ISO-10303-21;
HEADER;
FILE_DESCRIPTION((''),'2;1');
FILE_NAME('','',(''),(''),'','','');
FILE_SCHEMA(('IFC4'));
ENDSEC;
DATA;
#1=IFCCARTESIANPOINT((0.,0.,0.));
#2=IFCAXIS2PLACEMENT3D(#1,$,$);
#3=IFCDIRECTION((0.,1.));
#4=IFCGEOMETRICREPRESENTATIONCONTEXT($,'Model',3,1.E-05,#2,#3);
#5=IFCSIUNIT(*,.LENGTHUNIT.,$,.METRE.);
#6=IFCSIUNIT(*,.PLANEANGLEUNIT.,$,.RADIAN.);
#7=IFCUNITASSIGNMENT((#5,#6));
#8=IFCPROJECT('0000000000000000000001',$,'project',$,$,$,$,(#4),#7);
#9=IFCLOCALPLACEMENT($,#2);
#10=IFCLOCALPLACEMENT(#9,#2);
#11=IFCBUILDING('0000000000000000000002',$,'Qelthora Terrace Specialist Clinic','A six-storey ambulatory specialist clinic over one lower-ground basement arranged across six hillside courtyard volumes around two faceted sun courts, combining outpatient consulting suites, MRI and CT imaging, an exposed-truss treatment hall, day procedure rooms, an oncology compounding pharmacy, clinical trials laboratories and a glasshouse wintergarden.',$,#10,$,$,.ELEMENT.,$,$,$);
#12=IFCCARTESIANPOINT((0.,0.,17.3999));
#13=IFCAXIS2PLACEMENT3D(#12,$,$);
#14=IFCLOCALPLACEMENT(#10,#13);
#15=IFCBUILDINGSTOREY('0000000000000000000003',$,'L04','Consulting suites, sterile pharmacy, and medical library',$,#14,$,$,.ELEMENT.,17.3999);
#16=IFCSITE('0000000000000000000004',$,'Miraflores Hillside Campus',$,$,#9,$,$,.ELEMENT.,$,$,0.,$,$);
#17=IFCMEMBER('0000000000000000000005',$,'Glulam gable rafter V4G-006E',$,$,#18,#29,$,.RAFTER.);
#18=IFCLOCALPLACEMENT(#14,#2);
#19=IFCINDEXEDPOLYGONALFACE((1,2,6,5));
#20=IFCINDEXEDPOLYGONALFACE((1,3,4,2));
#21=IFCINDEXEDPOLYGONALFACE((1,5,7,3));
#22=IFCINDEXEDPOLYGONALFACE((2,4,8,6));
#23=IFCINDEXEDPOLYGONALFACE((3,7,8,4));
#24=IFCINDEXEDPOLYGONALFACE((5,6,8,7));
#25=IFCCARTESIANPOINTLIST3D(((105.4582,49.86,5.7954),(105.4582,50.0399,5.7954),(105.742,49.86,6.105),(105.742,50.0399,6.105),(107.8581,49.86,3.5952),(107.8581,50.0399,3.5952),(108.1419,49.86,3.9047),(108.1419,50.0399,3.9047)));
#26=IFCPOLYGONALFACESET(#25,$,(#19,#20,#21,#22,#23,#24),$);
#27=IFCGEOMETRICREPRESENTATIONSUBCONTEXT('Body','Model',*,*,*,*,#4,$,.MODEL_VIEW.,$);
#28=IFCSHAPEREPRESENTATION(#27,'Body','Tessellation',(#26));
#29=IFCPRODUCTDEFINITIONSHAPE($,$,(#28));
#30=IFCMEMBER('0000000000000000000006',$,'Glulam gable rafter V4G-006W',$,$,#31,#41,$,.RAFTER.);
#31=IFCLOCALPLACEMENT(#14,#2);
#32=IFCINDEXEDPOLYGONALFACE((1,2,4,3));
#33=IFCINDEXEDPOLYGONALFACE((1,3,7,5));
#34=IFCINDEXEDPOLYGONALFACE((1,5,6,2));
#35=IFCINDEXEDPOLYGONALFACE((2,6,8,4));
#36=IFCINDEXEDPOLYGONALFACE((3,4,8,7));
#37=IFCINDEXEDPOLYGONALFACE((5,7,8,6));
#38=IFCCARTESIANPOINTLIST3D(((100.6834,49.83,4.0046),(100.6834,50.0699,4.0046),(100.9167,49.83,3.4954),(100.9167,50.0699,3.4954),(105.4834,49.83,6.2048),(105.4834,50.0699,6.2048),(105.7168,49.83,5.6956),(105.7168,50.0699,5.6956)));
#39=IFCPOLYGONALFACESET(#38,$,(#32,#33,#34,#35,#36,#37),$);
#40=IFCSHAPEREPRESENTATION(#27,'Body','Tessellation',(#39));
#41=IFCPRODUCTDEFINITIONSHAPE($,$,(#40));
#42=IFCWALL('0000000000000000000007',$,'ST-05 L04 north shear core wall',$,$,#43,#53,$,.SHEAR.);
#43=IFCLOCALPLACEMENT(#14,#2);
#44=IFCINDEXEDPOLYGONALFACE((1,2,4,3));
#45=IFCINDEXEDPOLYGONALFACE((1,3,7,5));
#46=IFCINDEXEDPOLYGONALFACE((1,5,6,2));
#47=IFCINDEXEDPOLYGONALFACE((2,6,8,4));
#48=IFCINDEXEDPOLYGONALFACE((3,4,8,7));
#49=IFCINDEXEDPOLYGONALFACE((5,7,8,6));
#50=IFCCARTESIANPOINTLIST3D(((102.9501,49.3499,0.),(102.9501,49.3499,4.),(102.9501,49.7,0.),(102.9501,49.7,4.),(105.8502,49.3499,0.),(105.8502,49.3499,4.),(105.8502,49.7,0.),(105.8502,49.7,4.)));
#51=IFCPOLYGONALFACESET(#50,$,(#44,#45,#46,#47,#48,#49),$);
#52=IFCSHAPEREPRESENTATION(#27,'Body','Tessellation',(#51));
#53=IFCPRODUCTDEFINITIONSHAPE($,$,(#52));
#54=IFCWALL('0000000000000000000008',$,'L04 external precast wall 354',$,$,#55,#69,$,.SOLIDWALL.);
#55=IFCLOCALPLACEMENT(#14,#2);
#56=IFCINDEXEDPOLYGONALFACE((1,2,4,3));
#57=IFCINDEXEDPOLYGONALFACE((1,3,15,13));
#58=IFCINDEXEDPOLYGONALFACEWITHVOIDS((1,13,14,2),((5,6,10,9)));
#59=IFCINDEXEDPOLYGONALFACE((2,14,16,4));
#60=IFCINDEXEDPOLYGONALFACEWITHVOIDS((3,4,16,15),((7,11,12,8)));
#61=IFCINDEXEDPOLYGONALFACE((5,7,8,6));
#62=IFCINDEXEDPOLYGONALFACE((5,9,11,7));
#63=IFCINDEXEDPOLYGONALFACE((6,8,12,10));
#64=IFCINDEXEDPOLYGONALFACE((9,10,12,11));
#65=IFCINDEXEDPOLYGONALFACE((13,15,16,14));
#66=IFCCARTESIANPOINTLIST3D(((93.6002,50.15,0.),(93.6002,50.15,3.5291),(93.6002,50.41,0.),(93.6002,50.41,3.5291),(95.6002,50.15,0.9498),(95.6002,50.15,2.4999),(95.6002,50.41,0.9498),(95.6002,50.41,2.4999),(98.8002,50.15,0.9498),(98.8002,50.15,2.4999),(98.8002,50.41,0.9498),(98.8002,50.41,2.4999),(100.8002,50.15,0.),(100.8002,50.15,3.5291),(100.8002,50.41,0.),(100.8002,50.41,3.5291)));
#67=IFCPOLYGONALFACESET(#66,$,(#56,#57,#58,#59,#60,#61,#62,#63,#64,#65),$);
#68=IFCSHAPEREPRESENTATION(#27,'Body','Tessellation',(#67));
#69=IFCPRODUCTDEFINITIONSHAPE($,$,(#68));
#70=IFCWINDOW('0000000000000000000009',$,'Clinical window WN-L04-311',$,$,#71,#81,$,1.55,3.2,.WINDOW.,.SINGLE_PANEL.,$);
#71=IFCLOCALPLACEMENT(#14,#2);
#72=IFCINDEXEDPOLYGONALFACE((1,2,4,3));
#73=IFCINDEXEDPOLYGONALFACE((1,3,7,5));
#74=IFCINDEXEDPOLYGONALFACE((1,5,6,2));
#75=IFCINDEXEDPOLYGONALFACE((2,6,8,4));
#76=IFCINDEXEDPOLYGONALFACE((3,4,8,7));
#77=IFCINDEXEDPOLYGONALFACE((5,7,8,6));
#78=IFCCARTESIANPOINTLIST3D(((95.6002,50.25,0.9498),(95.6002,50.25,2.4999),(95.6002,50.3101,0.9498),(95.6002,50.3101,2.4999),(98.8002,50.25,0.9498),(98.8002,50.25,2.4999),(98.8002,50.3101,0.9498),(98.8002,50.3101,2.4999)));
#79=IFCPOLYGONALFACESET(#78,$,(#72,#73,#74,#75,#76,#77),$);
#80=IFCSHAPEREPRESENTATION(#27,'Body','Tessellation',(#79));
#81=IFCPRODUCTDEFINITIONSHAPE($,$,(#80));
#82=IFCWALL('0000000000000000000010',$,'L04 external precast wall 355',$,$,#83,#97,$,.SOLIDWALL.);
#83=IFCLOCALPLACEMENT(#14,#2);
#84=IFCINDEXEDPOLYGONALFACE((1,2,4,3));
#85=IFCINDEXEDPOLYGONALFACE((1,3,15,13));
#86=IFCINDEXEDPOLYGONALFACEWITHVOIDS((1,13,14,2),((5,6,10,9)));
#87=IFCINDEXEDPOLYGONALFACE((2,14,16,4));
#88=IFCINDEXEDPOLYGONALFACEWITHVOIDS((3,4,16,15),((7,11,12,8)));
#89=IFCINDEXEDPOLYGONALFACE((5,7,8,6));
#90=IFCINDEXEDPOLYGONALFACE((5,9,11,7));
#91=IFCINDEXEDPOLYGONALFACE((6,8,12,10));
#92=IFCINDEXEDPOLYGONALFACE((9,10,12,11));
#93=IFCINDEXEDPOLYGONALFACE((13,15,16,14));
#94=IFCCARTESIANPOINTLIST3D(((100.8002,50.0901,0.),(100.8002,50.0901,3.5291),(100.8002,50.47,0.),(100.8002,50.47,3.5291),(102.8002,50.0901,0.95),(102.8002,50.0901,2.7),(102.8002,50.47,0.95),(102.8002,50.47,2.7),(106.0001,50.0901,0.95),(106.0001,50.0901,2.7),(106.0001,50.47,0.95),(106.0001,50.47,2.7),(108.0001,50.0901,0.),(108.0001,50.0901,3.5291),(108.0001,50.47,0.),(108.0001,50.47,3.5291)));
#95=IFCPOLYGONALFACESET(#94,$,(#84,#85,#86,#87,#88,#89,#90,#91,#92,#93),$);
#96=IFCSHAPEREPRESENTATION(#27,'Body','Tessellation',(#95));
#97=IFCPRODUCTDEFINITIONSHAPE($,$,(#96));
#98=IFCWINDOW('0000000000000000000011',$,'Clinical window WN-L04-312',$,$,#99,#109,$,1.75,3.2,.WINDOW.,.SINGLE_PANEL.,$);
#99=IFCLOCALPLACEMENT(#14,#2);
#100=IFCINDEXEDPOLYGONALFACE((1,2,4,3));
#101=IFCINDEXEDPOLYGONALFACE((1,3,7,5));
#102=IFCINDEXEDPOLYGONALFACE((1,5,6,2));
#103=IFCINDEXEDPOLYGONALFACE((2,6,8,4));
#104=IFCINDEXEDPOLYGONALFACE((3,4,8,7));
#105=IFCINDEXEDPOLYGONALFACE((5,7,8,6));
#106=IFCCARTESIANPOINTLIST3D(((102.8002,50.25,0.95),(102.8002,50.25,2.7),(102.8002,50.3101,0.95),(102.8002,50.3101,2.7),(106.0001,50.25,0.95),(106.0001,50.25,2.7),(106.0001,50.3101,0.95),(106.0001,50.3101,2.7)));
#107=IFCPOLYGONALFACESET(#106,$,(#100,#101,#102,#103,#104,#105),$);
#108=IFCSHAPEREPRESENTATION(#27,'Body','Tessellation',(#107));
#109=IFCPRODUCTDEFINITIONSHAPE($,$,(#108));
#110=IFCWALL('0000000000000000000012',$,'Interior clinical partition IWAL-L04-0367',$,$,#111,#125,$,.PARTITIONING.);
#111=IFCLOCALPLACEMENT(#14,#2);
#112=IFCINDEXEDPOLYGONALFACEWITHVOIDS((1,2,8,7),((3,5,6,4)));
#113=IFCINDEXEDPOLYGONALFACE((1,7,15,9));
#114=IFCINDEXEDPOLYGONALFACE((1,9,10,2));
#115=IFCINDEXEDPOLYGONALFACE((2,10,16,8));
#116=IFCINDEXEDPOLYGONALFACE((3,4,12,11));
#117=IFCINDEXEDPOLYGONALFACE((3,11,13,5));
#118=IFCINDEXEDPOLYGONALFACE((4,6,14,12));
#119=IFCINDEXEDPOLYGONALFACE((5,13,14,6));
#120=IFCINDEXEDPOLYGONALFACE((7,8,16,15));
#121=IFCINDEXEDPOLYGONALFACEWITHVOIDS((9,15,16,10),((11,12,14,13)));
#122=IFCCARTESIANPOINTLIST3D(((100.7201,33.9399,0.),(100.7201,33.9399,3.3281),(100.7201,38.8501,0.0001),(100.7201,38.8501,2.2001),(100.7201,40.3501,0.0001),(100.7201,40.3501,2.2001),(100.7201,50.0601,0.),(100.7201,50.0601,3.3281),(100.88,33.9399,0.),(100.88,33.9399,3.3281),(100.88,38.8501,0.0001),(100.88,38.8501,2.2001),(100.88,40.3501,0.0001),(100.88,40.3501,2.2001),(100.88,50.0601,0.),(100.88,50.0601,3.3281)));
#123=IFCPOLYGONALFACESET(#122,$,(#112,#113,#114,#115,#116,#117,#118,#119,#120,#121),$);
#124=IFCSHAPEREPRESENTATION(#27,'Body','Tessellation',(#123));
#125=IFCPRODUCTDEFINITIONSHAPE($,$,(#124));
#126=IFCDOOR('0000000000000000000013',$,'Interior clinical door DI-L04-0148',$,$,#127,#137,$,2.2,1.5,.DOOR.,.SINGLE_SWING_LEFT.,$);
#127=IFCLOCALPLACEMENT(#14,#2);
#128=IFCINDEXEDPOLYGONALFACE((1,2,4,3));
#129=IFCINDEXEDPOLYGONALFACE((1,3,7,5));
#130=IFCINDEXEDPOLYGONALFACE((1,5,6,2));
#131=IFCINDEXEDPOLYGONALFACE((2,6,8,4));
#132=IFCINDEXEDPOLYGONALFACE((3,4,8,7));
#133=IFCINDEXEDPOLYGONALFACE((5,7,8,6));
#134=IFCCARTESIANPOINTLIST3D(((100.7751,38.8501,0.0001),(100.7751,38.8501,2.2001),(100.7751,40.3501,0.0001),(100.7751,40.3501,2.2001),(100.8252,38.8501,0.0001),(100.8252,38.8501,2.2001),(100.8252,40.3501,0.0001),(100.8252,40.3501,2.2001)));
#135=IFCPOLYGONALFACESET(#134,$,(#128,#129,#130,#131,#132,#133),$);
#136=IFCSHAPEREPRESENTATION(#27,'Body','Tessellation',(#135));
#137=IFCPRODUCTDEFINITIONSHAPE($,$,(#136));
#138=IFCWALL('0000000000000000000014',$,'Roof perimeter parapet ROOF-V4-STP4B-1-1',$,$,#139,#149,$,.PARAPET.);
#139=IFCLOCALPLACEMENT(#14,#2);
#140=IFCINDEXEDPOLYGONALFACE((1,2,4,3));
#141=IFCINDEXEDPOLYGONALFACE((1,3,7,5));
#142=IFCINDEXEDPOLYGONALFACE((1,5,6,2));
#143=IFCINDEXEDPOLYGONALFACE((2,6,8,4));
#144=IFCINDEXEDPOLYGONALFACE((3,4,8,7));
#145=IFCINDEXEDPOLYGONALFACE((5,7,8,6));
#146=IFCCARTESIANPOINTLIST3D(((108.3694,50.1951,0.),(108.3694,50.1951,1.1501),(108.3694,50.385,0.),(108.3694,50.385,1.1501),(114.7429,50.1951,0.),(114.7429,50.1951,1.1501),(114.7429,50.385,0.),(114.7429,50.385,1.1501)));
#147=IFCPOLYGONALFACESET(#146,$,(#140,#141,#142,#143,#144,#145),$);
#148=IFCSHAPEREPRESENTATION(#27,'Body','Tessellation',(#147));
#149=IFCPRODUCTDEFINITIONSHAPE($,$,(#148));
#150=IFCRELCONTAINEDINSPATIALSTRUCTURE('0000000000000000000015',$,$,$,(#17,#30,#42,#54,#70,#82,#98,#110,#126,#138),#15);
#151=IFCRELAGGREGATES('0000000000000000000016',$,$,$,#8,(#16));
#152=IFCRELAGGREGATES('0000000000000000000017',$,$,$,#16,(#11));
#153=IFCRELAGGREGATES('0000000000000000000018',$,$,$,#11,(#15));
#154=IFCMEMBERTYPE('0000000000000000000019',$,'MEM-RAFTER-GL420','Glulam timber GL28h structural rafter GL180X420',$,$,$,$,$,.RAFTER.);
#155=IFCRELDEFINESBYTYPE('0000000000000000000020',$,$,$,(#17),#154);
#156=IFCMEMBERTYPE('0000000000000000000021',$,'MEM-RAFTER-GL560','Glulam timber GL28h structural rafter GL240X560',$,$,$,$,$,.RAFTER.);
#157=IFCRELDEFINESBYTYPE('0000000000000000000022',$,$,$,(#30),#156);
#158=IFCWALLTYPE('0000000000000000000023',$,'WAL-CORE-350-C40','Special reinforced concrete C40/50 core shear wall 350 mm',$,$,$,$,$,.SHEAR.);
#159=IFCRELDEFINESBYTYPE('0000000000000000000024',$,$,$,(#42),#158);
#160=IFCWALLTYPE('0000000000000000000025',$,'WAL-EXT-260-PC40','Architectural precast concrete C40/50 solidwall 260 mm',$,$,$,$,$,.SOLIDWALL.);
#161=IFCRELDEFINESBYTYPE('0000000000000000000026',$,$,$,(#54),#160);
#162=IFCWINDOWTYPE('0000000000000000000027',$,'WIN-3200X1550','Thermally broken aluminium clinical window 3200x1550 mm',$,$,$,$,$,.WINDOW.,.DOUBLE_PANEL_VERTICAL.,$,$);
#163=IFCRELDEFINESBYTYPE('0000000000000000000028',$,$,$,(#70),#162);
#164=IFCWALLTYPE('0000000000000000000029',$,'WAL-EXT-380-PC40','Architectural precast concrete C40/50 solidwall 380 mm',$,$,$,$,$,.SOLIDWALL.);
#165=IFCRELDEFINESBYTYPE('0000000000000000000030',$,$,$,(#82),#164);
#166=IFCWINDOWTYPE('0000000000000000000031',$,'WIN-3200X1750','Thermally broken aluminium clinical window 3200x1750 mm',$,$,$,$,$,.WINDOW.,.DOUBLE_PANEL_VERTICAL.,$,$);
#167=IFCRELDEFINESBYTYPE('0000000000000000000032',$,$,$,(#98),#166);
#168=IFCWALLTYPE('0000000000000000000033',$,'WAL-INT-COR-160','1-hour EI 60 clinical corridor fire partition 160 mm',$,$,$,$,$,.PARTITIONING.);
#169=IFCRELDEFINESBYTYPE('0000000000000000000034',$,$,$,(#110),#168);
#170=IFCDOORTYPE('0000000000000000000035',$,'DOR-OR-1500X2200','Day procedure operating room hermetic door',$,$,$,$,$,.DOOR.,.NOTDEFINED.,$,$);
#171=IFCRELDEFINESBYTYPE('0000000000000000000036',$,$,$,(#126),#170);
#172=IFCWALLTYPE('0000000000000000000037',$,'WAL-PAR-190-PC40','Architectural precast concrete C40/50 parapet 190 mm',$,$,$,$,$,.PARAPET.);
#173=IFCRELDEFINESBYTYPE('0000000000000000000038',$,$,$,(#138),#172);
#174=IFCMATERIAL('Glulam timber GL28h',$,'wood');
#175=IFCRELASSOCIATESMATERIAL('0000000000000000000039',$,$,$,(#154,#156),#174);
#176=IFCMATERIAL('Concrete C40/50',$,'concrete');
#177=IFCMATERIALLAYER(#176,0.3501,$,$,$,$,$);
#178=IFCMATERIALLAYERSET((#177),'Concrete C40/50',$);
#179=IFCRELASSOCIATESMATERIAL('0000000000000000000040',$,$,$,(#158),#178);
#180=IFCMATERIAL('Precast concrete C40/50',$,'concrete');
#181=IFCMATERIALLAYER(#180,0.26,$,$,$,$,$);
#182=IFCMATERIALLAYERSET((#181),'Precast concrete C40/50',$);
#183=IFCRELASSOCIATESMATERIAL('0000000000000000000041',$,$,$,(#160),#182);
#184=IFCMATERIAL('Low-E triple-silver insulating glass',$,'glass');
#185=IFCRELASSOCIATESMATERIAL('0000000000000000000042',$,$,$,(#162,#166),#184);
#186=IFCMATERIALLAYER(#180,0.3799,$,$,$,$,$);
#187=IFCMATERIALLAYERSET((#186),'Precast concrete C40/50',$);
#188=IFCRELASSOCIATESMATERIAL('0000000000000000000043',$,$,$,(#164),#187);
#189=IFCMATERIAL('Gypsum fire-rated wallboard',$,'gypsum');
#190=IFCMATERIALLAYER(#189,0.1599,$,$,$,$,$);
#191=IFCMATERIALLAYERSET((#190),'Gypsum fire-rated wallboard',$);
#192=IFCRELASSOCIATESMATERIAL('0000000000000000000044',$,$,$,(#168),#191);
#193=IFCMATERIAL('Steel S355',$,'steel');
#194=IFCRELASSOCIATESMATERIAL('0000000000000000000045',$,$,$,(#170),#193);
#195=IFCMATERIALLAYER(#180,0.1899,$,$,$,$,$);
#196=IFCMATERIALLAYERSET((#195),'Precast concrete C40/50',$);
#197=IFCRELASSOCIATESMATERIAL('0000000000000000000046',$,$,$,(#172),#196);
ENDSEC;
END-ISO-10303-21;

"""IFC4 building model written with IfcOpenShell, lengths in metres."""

from ifc_helpers import new_model, si_unit, direction, frame, frame_2d, origin, origin_2d, place, context, subcontext, project, spatial, rectangle, extrude, material, layer, layer_set, material_profile, profile_set, type_object, element, fill, save


model = new_model("IFC4")

# Units and contexts
model_context = context("Model", 3, precision=1e-05, world=origin(), true_north=direction((0.0, 1.0)))
body_context = subcontext(model_context, "Body", "Model", "MODEL_VIEW")
ifc_project = project(units=[si_unit("LENGTHUNIT", "METRE"), si_unit("PLANEANGLEUNIT", "RADIAN")], contexts=[model_context])

# Site, building, storey
site_placement = place(None, origin())
site = spatial("IfcSite", under=ifc_project, at=site_placement, Name="Miraflores Hillside Campus", CompositionType="ELEMENT", RefElevation=0.0)
building_placement = place(site_placement, origin())
building = spatial("IfcBuilding", under=site, at=building_placement, Name="Qelthora Terrace Specialist Clinic", Description="A six-storey ambulatory specialist clinic over one lower-ground basement arranged across six hillside courtyard volumes around two faceted sun courts, combining outpatient consulting suites, MRI and CT imaging, an exposed-truss treatment hall, day procedure rooms, an oncology compounding pharmacy, clinical trials laboratories and a glasshouse wintergarden.", CompositionType="ELEMENT")
storey_placement = place(building_placement, frame((0.0, 0.0, 17.3999)))
storey = spatial("IfcBuildingStorey", under=building, at=storey_placement, Name="L04", Description="Consulting suites, sterile pharmacy, and medical library", CompositionType="ELEMENT", Elevation=17.3999)

# Shared definitions
ifc_material_1 = material(Name="Steel S355", Category="steel")

# Members
ifc_material_2 = material(Name="Glulam timber GL28h", Category="wood")
ifc_material_profile_1 = material_profile(ifc_material_2, rectangle(XDim=0.1799, YDim=0.4199, at=origin_2d()), Name="GL180X420")
ifc_profile_set_1 = profile_set([ifc_material_profile_1], Name="Glulam timber GL28h")
member_type_1 = type_object("IfcMemberType", Name="MEM-RAFTER-GL420", Description="Glulam timber GL28h structural rafter GL180X420", PredefinedType="RAFTER", material=ifc_profile_set_1)
member_1_placement = place(storey_placement, frame((105.6001, 49.95, 5.9502), z_axis=(0.737111, 0.0, -0.675772), x_axis=(0.0, 1.0, 0.0)))
element("IfcMember", 1, at=member_1_placement, inside=storey, type_object=member_type_1, Name="Glulam gable rafter V4G-006E", PredefinedType="RAFTER", context=body_context, shape_type="SweptSolid", body=[
    extrude(rectangle(XDim=0.1799, YDim=0.4199, at=origin_2d()), origin(), (0.0, 0.0, 1.0), 3.2559),
])
ifc_material_profile_2 = material_profile(ifc_material_2, rectangle(XDim=0.24, YDim=0.5601, at=origin_2d()), Name="GL240X560")
ifc_profile_set_2 = profile_set([ifc_material_profile_2], Name="Glulam timber GL28h")
member_type_2 = type_object("IfcMemberType", Name="MEM-RAFTER-GL560", Description="Glulam timber GL28h structural rafter GL240X560", PredefinedType="RAFTER", material=ifc_profile_set_2)
member_2_placement = place(storey_placement, frame((100.8, 49.95, 3.75), z_axis=(0.909052, 0.0, 0.416682), x_axis=(0.0, 1.0, 0.0)))
element("IfcMember", 2, at=member_2_placement, inside=storey, type_object=member_type_2, Name="Glulam gable rafter V4G-006W", PredefinedType="RAFTER", context=body_context, shape_type="SweptSolid", body=[
    extrude(rectangle(XDim=0.24, YDim=0.5601, at=origin_2d()), origin(), (0.0, 0.0, 1.0), 5.2803),
])

# Wall
ifc_material_3 = material(Name="Concrete C40/50", Category="concrete")
ifc_layer_1 = layer(ifc_material_3, 0.3501)
ifc_layer_set_1 = layer_set([ifc_layer_1], Name="Concrete C40/50")
wall_type_1 = type_object("IfcWallType", Name="WAL-CORE-350-C40", Description="Special reinforced concrete C40/50 core shear wall 350 mm", PredefinedType="SHEAR", material=ifc_layer_set_1)
wall_1_placement = place(storey_placement, frame((102.95, 49.5249, 0.0), z_axis=(0.0, 0.0, 1.0), x_axis=(1.0, 0.0, 0.0)))
element("IfcWall", 3, at=wall_1_placement, inside=storey, type_object=wall_type_1, Name="ST-05 L04 north shear core wall", PredefinedType="SHEAR", context=body_context, shape_type="SweptSolid", body=[
    extrude(rectangle(XDim=2.9001, YDim=0.3501, at=frame_2d((1.4502, 0.0))), origin(), (0.0, 0.0, 1.0), 4.0),
])

# Walls, openings, windows
ifc_material_4 = material(Name="Precast concrete C40/50", Category="concrete")
ifc_layer_2 = layer(ifc_material_4, 0.26)
ifc_layer_set_2 = layer_set([ifc_layer_2], Name="Precast concrete C40/50")
wall_type_2 = type_object("IfcWallType", Name="WAL-EXT-260-PC40", Description="Architectural precast concrete C40/50 solidwall 260 mm", PredefinedType="SOLIDWALL", material=ifc_layer_set_2)
wall_2_placement = place(storey_placement, frame((93.6001, 50.28, 0.0), z_axis=(0.0, 0.0, 1.0), x_axis=(1.0, 0.0, 0.0)))
wall_2 = element("IfcWall", 4, at=wall_2_placement, inside=storey, type_object=wall_type_2, Name="L04 external precast wall 354", PredefinedType="SOLIDWALL", context=body_context, shape_type="SweptSolid", body=[
    extrude(rectangle(XDim=7.2, YDim=0.26, at=frame_2d((3.6001, 0.0))), origin(), (0.0, 0.0, 1.0), 3.5291),
])
opening_1_placement = place(wall_2_placement, frame((2.0, 0.0, 0.95)))
opening_1 = element("IfcOpeningElement", 5, at=opening_1_placement, cuts=wall_2, PredefinedType="OPENING", context=body_context, shape_type="SweptSolid", body=[
    extrude(rectangle(XDim=3.2, YDim=1.55, at=frame_2d((1.6001, 0.7749))), frame((0.0, 0.1399, 0.0), z_axis=(0.0, -1.0, 0.0), x_axis=(1.0, 0.0, 0.0)), (0.0, 0.0, 1.0), 0.28),
])
ifc_material_5 = material(Name="Low-E triple-silver insulating glass", Category="glass")
window_type_1 = type_object("IfcWindowType", Name="WIN-3200X1550", Description="Thermally broken aluminium clinical window 3200x1550 mm", PartitioningType="DOUBLE_PANEL_VERTICAL", PredefinedType="WINDOW", material=ifc_material_5)
window_1_placement = place(opening_1_placement, origin())
window_1 = element("IfcWindow", 6, at=window_1_placement, inside=storey, type_object=window_type_1, Name="Clinical window WN-L04-311", OverallHeight=1.55, OverallWidth=3.2, PartitioningType="SINGLE_PANEL", PredefinedType="WINDOW", context=body_context, shape_type="SweptSolid", body=[
    extrude(rectangle(XDim=3.2, YDim=1.55, at=frame_2d((1.6001, 0.7749))), frame((0.0, 0.03, 0.0), z_axis=(0.0, -1.0, 0.0), x_axis=(1.0, 0.0, 0.0)), (0.0, 0.0, 1.0), 0.0601),
])
fill(opening_1, window_1)
ifc_layer_3 = layer(ifc_material_4, 0.3799)
ifc_layer_set_3 = layer_set([ifc_layer_3], Name="Precast concrete C40/50")
wall_type_3 = type_object("IfcWallType", Name="WAL-EXT-380-PC40", Description="Architectural precast concrete C40/50 solidwall 380 mm", PredefinedType="SOLIDWALL", material=ifc_layer_set_3)
wall_3_placement = place(storey_placement, frame((100.8, 50.28, 0.0), z_axis=(0.0, 0.0, 1.0), x_axis=(1.0, 0.0, 0.0)))
wall_3 = element("IfcWall", 7, at=wall_3_placement, inside=storey, type_object=wall_type_3, Name="L04 external precast wall 355", PredefinedType="SOLIDWALL", context=body_context, shape_type="SweptSolid", body=[
    extrude(rectangle(XDim=7.2, YDim=0.3799, at=frame_2d((3.6001, 0.0))), origin(), (0.0, 0.0, 1.0), 3.5291),
])
opening_2_placement = place(wall_3_placement, frame((2.0, 0.0, 0.95)))
opening_2 = element("IfcOpeningElement", 8, at=opening_2_placement, cuts=wall_3, PredefinedType="OPENING", context=body_context, shape_type="SweptSolid", body=[
    extrude(rectangle(XDim=3.2, YDim=1.75, at=frame_2d((1.6001, 0.875))), frame((0.0, 0.2, 0.0), z_axis=(0.0, -1.0, 0.0), x_axis=(1.0, 0.0, 0.0)), (0.0, 0.0, 1.0), 0.3999),
])
window_type_2 = type_object("IfcWindowType", Name="WIN-3200X1750", Description="Thermally broken aluminium clinical window 3200x1750 mm", PartitioningType="DOUBLE_PANEL_VERTICAL", PredefinedType="WINDOW", material=ifc_material_5)
window_2_placement = place(opening_2_placement, origin())
window_2 = element("IfcWindow", 9, at=window_2_placement, inside=storey, type_object=window_type_2, Name="Clinical window WN-L04-312", OverallHeight=1.75, OverallWidth=3.2, PartitioningType="SINGLE_PANEL", PredefinedType="WINDOW", context=body_context, shape_type="SweptSolid", body=[
    extrude(rectangle(XDim=3.2, YDim=1.75, at=frame_2d((1.6001, 0.875))), frame((0.0, 0.03, 0.0), z_axis=(0.0, -1.0, 0.0), x_axis=(1.0, 0.0, 0.0)), (0.0, 0.0, 1.0), 0.0601),
])
fill(opening_2, window_2)

# Wall, opening, door
ifc_material_6 = material(Name="Gypsum fire-rated wallboard", Category="gypsum")
ifc_layer_4 = layer(ifc_material_6, 0.1599)
ifc_layer_set_4 = layer_set([ifc_layer_4], Name="Gypsum fire-rated wallboard")
wall_type_4 = type_object("IfcWallType", Name="WAL-INT-COR-160", Description="1-hour EI 60 clinical corridor fire partition 160 mm", PredefinedType="PARTITIONING", material=ifc_layer_set_4)
wall_4_placement = place(storey_placement, frame((100.8, 50.0601, 0.0), z_axis=(0.0, 0.0, 1.0), x_axis=(0.0, -1.0, 0.0)))
wall_4 = element("IfcWall", 10, at=wall_4_placement, inside=storey, type_object=wall_type_4, Name="Interior clinical partition IWAL-L04-0367", PredefinedType="PARTITIONING", context=body_context, shape_type="SweptSolid", body=[
    extrude(rectangle(XDim=16.1201, YDim=0.1599, at=frame_2d((8.0601, 0.0))), origin(), (0.0, 0.0, 1.0), 3.3281),
])
opening_3_placement = place(wall_4_placement, frame((9.71, 0.0, 0.0)))
opening_3 = element("IfcOpeningElement", 11, at=opening_3_placement, cuts=wall_4, PredefinedType="OPENING", context=body_context, shape_type="SweptSolid", body=[
    extrude(rectangle(XDim=1.5, YDim=2.2, at=frame_2d((0.75, 1.1001))), frame((0.0, 0.0898, 0.0), z_axis=(0.0, -1.0, 0.0), x_axis=(1.0, 0.0, 0.0)), (0.0, 0.0, 1.0), 0.1799),
])
door_type_1 = type_object("IfcDoorType", Name="DOR-OR-1500X2200", Description="Day procedure operating room hermetic door", OperationType="NOTDEFINED", PredefinedType="DOOR", material=ifc_material_1)
door_1_placement = place(opening_3_placement, frame((1.5, 0.0, 0.0), z_axis=(0.0, 0.0, 1.0), x_axis=(-1.0, 0.0, 0.0)))
door_1 = element("IfcDoor", 12, at=door_1_placement, inside=storey, type_object=door_type_1, Name="Interior clinical door DI-L04-0148", OperationType="SINGLE_SWING_LEFT", OverallHeight=2.2, OverallWidth=1.5, PredefinedType="DOOR", context=body_context, shape_type="SweptSolid", body=[
    extrude(rectangle(XDim=1.5, YDim=2.2, at=frame_2d((0.75, 1.1001))), frame((0.0, 0.0249, 0.0), z_axis=(0.0, -1.0, 0.0), x_axis=(1.0, 0.0, 0.0)), (0.0, 0.0, 1.0), 0.05),
])
fill(opening_3, door_1)

# Wall
ifc_layer_5 = layer(ifc_material_4, 0.1899)
ifc_layer_set_5 = layer_set([ifc_layer_5], Name="Precast concrete C40/50")
wall_type_5 = type_object("IfcWallType", Name="WAL-PAR-190-PC40", Description="Architectural precast concrete C40/50 parapet 190 mm", PredefinedType="PARAPET", material=ifc_layer_set_5)
wall_5_placement = place(storey_placement, frame((108.3694, 50.29, 0.0), z_axis=(0.0, 0.0, 1.0), x_axis=(1.0, 0.0, 0.0)))
element("IfcWall", 13, at=wall_5_placement, inside=storey, type_object=wall_type_5, Name="Roof perimeter parapet ROOF-V4-STP4B-1-1", PredefinedType="PARAPET", context=body_context, shape_type="SweptSolid", body=[
    extrude(rectangle(XDim=6.3735, YDim=0.1899, at=frame_2d((3.1868, 0.0))), origin(), (0.0, 0.0, 1.0), 1.1501),
])

save(model, "model.ifc")
